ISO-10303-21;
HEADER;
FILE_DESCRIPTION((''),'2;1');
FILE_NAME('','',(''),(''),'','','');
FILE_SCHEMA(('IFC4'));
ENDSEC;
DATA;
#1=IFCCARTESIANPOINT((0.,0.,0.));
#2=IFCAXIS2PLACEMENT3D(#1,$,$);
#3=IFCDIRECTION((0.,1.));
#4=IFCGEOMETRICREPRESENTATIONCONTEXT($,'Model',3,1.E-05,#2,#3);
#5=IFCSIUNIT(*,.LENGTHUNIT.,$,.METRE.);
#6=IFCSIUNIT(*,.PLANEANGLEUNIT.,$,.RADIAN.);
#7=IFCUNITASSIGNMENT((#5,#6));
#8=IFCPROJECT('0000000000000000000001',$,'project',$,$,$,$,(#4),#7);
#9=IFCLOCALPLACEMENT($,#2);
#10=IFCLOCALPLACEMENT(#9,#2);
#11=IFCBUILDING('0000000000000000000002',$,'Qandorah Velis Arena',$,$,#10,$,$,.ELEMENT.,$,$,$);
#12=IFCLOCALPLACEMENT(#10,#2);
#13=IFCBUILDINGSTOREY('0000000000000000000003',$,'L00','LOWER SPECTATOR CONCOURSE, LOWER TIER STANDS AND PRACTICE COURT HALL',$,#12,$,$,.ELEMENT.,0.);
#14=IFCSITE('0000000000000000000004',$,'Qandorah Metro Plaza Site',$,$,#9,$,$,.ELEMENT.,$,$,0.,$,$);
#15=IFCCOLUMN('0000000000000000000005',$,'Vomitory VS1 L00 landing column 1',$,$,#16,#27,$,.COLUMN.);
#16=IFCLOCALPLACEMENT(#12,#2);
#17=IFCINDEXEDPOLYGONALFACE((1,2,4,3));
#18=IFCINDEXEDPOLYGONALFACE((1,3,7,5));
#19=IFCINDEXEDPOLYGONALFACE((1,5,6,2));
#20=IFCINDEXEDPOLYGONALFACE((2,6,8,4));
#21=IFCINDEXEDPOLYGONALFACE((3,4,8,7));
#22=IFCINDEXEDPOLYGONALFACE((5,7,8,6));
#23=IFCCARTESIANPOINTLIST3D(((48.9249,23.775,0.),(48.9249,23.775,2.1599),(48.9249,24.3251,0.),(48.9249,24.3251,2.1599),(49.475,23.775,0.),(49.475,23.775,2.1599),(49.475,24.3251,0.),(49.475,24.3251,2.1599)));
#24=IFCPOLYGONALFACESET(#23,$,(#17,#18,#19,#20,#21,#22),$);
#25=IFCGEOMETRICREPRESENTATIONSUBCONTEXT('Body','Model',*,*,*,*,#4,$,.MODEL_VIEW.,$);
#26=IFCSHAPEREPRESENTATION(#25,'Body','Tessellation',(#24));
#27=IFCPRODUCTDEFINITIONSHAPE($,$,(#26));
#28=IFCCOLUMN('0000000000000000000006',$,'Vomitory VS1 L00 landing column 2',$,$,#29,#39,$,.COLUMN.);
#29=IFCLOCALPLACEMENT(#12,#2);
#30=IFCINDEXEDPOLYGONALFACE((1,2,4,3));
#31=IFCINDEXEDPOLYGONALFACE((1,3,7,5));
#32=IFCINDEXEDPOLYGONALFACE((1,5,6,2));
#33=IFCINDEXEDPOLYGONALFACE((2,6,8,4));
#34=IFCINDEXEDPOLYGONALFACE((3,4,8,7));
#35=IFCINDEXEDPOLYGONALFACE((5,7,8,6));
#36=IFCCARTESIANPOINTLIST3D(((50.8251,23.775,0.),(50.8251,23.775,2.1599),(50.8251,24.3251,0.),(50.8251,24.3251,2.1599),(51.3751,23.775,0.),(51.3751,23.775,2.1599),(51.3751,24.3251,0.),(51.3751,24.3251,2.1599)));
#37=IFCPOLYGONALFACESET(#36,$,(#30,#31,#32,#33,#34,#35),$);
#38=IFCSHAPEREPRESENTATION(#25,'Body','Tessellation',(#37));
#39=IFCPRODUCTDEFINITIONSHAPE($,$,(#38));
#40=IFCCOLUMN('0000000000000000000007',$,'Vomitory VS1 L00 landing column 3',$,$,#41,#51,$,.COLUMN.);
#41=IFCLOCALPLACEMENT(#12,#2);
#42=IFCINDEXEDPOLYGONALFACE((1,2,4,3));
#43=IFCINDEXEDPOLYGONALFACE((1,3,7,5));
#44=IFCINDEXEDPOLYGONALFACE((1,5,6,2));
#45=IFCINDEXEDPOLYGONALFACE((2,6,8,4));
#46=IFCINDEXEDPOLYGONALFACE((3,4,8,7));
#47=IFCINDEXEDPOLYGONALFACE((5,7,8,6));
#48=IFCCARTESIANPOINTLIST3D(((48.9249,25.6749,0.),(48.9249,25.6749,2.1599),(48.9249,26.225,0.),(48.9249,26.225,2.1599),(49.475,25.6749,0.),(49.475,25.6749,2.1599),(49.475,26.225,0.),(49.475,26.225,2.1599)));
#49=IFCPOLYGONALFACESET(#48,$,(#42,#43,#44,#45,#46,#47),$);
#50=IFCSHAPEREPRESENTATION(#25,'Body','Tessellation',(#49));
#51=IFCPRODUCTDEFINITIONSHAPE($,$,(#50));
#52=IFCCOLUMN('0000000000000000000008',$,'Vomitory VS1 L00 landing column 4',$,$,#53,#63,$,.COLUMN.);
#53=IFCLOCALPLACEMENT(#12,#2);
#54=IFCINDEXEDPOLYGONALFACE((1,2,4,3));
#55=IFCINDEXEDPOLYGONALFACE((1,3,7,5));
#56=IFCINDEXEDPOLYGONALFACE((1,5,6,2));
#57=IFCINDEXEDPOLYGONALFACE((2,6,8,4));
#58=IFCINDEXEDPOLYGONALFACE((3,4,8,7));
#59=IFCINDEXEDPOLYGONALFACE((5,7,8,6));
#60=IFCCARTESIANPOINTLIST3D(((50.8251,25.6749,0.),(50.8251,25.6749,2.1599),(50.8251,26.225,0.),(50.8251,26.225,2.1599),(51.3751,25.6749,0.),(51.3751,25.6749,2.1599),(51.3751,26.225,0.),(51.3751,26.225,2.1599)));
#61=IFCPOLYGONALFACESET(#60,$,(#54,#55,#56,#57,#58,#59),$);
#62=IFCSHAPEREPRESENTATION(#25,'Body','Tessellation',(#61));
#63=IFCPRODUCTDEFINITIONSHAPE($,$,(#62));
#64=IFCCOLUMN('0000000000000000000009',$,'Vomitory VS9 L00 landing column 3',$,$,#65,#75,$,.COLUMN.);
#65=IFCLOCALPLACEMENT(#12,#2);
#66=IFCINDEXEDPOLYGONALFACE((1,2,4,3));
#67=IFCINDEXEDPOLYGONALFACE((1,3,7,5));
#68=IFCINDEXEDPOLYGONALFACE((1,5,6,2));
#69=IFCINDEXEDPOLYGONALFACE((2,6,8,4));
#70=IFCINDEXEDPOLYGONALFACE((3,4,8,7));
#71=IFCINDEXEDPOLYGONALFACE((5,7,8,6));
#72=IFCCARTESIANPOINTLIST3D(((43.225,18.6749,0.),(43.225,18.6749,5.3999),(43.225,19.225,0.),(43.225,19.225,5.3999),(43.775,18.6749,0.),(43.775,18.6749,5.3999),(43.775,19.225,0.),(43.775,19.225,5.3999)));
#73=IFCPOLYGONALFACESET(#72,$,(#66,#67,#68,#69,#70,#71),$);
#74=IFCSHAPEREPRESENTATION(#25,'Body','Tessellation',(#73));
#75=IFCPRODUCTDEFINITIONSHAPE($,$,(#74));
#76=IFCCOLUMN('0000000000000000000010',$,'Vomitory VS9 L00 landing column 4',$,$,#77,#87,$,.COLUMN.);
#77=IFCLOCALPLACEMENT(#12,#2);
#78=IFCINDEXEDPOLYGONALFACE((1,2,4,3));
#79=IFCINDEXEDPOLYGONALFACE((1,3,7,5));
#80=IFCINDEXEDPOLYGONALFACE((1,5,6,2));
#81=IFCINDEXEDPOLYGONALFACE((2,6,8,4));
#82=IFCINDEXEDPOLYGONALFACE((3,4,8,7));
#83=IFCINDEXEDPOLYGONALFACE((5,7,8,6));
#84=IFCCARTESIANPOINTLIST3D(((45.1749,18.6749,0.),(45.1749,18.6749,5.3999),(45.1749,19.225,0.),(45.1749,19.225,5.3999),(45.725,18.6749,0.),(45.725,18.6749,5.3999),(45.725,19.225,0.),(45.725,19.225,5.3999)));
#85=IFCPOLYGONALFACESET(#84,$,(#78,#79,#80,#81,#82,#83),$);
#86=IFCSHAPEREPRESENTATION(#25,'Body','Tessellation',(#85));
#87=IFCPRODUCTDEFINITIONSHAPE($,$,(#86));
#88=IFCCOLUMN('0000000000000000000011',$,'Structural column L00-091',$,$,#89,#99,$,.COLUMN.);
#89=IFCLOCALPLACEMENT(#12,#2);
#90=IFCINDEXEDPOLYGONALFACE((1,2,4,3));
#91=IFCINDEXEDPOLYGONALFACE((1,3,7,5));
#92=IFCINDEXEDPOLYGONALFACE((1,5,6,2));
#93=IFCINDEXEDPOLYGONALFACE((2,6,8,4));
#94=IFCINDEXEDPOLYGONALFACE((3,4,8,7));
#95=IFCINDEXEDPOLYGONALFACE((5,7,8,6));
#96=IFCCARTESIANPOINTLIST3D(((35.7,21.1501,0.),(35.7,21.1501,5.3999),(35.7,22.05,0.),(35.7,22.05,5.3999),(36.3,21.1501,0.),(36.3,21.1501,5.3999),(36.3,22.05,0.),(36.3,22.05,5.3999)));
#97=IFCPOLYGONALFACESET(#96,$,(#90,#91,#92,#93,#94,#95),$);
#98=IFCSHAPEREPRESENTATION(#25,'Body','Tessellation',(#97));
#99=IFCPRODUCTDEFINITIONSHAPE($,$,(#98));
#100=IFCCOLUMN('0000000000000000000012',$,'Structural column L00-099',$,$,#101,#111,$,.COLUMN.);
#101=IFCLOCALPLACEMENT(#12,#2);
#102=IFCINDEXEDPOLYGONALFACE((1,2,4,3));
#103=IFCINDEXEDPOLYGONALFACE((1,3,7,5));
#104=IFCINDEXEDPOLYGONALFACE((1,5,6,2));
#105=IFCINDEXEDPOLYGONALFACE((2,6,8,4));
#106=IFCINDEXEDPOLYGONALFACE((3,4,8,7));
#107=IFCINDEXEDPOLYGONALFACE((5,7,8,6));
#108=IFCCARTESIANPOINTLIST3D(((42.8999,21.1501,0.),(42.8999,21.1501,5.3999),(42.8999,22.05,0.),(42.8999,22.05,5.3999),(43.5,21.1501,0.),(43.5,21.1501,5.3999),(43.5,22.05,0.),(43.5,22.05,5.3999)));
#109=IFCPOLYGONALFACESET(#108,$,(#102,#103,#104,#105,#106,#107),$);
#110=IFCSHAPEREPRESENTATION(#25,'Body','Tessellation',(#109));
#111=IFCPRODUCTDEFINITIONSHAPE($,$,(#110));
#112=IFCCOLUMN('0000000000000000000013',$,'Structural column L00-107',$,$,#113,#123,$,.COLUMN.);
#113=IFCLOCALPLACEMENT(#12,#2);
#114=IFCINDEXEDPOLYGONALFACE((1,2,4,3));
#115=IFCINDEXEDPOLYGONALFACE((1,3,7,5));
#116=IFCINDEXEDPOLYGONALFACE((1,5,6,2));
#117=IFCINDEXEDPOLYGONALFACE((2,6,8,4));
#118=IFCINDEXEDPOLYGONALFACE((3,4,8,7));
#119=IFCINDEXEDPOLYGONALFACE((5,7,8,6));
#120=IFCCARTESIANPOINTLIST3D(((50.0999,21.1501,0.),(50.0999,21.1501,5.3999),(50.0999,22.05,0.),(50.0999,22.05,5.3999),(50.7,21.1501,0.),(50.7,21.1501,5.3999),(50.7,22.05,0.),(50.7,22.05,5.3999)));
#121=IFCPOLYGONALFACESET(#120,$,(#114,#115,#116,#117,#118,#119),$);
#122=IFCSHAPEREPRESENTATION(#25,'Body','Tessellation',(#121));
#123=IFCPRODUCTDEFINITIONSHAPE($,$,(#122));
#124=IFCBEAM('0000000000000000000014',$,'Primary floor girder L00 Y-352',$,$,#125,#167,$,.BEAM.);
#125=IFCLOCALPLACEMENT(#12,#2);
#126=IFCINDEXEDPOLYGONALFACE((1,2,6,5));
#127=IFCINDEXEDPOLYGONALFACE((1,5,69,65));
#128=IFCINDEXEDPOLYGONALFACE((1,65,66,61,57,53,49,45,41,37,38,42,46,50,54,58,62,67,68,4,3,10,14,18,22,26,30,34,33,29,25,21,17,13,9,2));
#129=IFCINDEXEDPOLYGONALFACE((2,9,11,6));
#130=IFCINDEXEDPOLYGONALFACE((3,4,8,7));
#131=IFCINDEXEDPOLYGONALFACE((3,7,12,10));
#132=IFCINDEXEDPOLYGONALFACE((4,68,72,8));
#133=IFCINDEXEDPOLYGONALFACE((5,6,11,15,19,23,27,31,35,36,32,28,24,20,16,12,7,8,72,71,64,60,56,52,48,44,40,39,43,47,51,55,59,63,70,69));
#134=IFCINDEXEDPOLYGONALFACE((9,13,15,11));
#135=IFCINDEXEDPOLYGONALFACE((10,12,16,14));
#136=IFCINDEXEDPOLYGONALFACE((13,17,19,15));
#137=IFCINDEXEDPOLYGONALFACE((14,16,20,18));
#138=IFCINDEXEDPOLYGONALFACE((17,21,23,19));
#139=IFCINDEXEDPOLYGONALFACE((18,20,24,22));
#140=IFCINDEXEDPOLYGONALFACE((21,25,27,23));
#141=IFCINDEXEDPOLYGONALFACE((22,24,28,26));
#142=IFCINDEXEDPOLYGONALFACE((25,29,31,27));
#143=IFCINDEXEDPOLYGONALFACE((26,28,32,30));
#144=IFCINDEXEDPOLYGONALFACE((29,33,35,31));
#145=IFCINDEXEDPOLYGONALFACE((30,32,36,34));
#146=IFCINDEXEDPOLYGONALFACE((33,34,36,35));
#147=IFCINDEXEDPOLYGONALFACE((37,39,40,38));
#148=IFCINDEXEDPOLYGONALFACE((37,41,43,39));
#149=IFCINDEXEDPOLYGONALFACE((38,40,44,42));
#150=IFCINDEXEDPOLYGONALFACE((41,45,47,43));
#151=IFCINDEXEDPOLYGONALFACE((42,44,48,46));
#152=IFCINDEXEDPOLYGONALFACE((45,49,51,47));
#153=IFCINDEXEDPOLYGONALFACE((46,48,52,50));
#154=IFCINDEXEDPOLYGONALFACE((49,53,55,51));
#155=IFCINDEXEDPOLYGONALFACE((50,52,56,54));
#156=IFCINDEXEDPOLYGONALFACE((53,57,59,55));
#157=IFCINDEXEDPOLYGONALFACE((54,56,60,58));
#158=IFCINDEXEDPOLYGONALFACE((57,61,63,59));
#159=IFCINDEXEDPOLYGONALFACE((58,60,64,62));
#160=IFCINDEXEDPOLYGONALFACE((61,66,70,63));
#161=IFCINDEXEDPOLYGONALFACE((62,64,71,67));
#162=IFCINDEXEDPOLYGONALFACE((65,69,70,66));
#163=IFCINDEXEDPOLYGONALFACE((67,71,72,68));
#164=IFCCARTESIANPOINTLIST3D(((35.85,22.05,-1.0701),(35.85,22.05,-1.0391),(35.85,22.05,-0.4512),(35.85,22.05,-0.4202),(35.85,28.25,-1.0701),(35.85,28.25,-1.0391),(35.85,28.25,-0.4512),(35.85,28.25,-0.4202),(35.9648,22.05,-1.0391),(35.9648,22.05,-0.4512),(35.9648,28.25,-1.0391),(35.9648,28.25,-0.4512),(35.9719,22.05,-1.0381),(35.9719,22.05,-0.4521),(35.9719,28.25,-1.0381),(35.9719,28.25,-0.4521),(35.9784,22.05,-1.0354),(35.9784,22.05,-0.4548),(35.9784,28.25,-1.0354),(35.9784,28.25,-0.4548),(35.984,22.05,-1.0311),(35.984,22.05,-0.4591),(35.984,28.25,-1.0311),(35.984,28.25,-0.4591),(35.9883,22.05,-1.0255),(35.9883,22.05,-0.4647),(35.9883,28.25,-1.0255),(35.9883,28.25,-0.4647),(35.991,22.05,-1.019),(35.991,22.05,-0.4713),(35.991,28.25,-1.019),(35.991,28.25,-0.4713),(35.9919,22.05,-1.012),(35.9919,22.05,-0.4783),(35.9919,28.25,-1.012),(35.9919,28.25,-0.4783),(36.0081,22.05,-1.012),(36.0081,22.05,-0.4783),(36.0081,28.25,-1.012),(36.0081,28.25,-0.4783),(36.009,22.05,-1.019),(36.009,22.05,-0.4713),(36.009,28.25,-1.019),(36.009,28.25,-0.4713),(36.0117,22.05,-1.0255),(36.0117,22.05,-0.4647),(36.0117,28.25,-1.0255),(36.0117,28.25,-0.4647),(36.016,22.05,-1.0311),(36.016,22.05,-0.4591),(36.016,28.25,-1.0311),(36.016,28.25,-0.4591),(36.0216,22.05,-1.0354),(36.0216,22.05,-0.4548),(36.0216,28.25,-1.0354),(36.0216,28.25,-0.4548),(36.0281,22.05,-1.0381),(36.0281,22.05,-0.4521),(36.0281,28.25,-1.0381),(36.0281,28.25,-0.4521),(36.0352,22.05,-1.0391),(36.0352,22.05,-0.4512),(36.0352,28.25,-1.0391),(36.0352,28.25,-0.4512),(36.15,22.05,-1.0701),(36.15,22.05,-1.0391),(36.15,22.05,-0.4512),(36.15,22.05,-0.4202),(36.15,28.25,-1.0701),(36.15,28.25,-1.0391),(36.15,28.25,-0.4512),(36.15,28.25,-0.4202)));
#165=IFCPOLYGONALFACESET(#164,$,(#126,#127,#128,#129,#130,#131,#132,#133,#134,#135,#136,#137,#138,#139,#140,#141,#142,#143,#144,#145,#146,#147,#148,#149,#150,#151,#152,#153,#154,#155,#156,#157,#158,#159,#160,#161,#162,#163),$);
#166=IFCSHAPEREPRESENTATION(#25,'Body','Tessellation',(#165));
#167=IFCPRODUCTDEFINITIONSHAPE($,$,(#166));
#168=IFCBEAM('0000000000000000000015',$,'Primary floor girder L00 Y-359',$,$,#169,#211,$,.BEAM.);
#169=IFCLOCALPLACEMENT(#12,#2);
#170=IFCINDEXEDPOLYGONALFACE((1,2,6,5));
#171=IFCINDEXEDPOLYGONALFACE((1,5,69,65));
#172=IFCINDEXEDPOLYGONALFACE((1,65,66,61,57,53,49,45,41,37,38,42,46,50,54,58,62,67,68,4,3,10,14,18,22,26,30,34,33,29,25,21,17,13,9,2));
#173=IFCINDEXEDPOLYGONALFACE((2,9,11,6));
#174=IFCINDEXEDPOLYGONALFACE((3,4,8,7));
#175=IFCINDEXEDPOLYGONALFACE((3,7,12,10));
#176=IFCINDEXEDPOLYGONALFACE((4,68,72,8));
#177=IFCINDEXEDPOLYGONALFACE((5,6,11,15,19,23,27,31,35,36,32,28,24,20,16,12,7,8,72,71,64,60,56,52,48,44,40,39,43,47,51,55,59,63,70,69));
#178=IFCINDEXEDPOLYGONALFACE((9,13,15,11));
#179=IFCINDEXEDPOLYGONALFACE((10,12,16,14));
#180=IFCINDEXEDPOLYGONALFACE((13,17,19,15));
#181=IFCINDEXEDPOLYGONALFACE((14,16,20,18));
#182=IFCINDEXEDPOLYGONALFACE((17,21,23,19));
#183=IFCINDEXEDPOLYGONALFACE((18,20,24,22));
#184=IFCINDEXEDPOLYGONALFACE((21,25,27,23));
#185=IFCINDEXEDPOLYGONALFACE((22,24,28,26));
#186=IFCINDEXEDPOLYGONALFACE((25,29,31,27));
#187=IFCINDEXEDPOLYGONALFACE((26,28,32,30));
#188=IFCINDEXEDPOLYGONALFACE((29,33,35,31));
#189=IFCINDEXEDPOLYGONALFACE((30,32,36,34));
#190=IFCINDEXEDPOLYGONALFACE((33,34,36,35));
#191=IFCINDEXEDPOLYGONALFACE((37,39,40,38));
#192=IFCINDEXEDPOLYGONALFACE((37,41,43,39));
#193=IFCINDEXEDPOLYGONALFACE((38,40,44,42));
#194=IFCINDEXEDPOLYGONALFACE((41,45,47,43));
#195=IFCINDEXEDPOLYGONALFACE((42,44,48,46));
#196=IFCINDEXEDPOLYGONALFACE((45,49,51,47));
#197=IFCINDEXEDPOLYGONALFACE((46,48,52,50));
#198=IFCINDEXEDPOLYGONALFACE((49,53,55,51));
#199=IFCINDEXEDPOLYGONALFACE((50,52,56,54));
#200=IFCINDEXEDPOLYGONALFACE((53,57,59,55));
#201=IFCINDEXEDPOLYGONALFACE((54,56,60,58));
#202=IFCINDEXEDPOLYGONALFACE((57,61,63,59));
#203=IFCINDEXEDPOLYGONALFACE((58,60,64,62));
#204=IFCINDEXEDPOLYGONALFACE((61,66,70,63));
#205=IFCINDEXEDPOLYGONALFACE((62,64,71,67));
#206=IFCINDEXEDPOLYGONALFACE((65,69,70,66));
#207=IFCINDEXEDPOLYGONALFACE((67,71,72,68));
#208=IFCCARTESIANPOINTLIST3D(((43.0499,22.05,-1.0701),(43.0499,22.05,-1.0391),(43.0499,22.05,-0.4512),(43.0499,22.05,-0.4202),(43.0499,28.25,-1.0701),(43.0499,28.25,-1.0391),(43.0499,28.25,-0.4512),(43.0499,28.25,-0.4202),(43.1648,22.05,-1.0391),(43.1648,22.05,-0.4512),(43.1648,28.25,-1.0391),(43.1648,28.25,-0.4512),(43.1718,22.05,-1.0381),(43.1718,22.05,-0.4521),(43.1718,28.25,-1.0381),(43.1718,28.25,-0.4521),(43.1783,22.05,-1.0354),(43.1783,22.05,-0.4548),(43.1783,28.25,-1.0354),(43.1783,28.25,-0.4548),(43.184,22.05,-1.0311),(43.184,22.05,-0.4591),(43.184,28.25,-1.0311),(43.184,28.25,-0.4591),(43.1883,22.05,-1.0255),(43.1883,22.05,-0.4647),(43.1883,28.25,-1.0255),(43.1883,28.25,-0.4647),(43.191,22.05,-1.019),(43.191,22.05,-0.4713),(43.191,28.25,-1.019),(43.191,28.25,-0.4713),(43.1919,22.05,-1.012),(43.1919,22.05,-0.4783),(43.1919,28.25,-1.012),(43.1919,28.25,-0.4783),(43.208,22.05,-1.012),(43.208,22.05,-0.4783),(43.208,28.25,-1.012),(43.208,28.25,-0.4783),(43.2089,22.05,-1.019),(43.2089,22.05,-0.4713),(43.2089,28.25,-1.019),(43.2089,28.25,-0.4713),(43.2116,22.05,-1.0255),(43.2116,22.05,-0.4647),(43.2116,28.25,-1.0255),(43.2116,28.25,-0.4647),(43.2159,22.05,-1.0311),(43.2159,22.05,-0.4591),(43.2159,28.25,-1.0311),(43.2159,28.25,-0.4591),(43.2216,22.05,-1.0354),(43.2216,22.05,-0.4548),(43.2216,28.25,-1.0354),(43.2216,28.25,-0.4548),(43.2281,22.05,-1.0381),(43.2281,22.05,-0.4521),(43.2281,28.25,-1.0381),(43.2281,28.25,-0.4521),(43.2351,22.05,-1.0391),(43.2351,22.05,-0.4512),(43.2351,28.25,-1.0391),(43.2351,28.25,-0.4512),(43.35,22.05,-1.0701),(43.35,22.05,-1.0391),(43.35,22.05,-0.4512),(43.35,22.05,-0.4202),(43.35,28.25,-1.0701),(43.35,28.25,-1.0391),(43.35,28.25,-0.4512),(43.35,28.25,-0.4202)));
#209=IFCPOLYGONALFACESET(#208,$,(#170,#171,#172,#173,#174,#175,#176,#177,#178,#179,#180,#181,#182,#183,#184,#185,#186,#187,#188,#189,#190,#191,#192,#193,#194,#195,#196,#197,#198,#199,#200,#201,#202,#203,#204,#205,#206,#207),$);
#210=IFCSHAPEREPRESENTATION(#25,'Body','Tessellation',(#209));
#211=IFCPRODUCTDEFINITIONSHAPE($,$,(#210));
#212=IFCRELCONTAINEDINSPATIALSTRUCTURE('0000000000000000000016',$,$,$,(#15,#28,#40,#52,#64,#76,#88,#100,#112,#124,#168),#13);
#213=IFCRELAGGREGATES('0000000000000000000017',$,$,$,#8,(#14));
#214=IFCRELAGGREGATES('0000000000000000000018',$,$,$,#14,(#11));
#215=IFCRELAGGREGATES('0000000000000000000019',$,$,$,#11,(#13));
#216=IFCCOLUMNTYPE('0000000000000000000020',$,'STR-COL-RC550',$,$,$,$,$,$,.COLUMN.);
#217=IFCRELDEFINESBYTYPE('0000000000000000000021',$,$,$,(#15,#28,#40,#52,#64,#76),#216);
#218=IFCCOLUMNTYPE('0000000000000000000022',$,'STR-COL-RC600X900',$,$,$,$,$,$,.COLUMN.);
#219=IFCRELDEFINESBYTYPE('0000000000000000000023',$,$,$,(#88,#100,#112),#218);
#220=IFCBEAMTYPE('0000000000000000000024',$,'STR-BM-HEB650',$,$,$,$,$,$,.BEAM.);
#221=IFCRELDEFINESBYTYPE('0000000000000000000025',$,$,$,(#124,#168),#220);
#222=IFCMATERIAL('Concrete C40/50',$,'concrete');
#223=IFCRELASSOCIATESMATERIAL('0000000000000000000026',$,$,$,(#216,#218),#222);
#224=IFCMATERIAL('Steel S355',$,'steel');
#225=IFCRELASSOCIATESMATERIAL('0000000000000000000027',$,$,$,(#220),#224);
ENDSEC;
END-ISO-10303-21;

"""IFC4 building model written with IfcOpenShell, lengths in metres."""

from ifc_helpers import new_model, si_unit, direction, frame, origin, origin_2d, place, context, subcontext, project, spatial, rectangle, i_section, extrude, material, material_profile, profile_set, type_object, element, save


model = new_model("IFC4")

# Units and contexts
model_context = context("Model", 3, precision=1e-05, world=origin(), true_north=direction((0.0, 1.0)))
body_context = subcontext(model_context, "Body", "Model", "MODEL_VIEW")
ifc_project = project(units=[si_unit("LENGTHUNIT", "METRE"), si_unit("PLANEANGLEUNIT", "RADIAN")], contexts=[model_context])

# Site, building, storey
site_placement = place(None, origin())
site = spatial("IfcSite", under=ifc_project, at=site_placement, Name="Qandorah Metro Plaza Site", CompositionType="ELEMENT", RefElevation=0.0)
building_placement = place(site_placement, origin())
building = spatial("IfcBuilding", under=site, at=building_placement, Name="Qandorah Velis Arena", CompositionType="ELEMENT")
storey_placement = place(building_placement, origin())
storey = spatial("IfcBuildingStorey", under=building, at=storey_placement, Name="L00", Description="LOWER SPECTATOR CONCOURSE, LOWER TIER STANDS AND PRACTICE COURT HALL", CompositionType="ELEMENT", Elevation=0.0)

# Columns
ifc_material_1 = material(Name="Concrete C40/50", Category="concrete")
ifc_material_profile_1 = material_profile(ifc_material_1, rectangle(XDim=0.55, YDim=0.55, at=origin_2d()), Name="RC COL 550x550")
ifc_profile_set_1 = profile_set([ifc_material_profile_1], Name="Concrete C40/50")
column_type_1 = type_object("IfcColumnType", Name="STR-COL-RC550", PredefinedType="COLUMN", material=ifc_profile_set_1)
for number, where, z_axis, x_axis, name in (
    (1, (49.2, 24.05, 0.0), (0.0, 0.0, 1.0), (1.0, 0.0, 0.0), "Vomitory VS1 L00 landing column 1"),
    (2, (51.1001, 24.05, 0.0), (0.0, 0.0, 1.0), (1.0, 0.0, 0.0), "Vomitory VS1 L00 landing column 2"),
    (3, (49.2, 25.95, 0.0), (0.0, 0.0, 1.0), (1.0, 0.0, 0.0), "Vomitory VS1 L00 landing column 3"),
    (4, (51.1001, 25.95, 0.0), (0.0, 0.0, 1.0), (1.0, 0.0, 0.0), "Vomitory VS1 L00 landing column 4"),
):
    element("IfcColumn", number, at=place(storey_placement, frame(where, z_axis=z_axis, x_axis=x_axis)), inside=storey, type_object=column_type_1, Name=name, PredefinedType="COLUMN", context=body_context, shape_type="SweptSolid", body=[
        extrude(rectangle(XDim=0.55, YDim=0.55, at=origin_2d()), origin(), (0.0, 0.0, 1.0), 2.1599),
    ])
for number, where, z_axis, x_axis, name in (
    (5, (43.5, 18.95, 0.0), (0.0, 0.0, 1.0), (1.0, 0.0, 0.0), "Vomitory VS9 L00 landing column 3"),
    (6, (45.45, 18.95, 0.0), (0.0, 0.0, 1.0), (1.0, 0.0, 0.0), "Vomitory VS9 L00 landing column 4"),
):
    element("IfcColumn", number, at=place(storey_placement, frame(where, z_axis=z_axis, x_axis=x_axis)), inside=storey, type_object=column_type_1, Name=name, PredefinedType="COLUMN", context=body_context, shape_type="SweptSolid", body=[
        extrude(rectangle(XDim=0.55, YDim=0.55, at=origin_2d()), origin(), (0.0, 0.0, 1.0), 5.3999),
    ])
ifc_material_profile_2 = material_profile(ifc_material_1, rectangle(XDim=0.6001, YDim=0.8999, at=origin_2d()), Name="RC COL 600x900")
ifc_profile_set_2 = profile_set([ifc_material_profile_2], Name="Concrete C40/50")
column_type_2 = type_object("IfcColumnType", Name="STR-COL-RC600X900", PredefinedType="COLUMN", material=ifc_profile_set_2)
for number, where, z_axis, x_axis, name in (
    (7, (36.0, 21.6001, 0.0), (0.0, 0.0, 1.0), (1.0, 0.0, 0.0), "Structural column L00-091"),
    (8, (43.2, 21.6001, 0.0), (0.0, 0.0, 1.0), (1.0, 0.0, 0.0), "Structural column L00-099"),
    (9, (50.3999, 21.6001, 0.0), (0.0, 0.0, 1.0), (1.0, 0.0, 0.0), "Structural column L00-107"),
):
    element("IfcColumn", number, at=place(storey_placement, frame(where, z_axis=z_axis, x_axis=x_axis)), inside=storey, type_object=column_type_2, Name=name, PredefinedType="COLUMN", context=body_context, shape_type="SweptSolid", body=[
        extrude(rectangle(XDim=0.6001, YDim=0.8999, at=origin_2d()), origin(), (0.0, 0.0, 1.0), 5.3999),
    ])

# Beams
ifc_material_2 = material(Name="Steel S355", Category="steel")
ifc_material_profile_3 = material_profile(ifc_material_2, i_section(OverallWidth=0.3, OverallDepth=0.6499, WebThickness=0.0161, FlangeThickness=0.031, FilletRadius=0.0271, at=origin_2d()), Name="HEB 650")
ifc_profile_set_3 = profile_set([ifc_material_profile_3], Name="Steel S355")
beam_type_1 = type_object("IfcBeamType", Name="STR-BM-HEB650", PredefinedType="BEAM", material=ifc_profile_set_3)
for number, where, z_axis, x_axis, name in (
    (10, (36.0, 22.05, -0.7451), (0.0, 1.0, 0.0), (-1.0, 0.0, 0.0), "Primary floor girder L00 Y-352"),
    (11, (43.2, 22.05, -0.7451), (0.0, 1.0, 0.0), (-1.0, 0.0, 0.0), "Primary floor girder L00 Y-359"),
):
    element("IfcBeam", number, at=place(storey_placement, frame(where, z_axis=z_axis, x_axis=x_axis)), inside=storey, type_object=beam_type_1, Name=name, PredefinedType="BEAM", context=body_context, shape_type="SweptSolid", body=[
        extrude(i_section(OverallWidth=0.3, OverallDepth=0.6499, WebThickness=0.0161, FlangeThickness=0.031, FilletRadius=0.0271, at=origin_2d()), origin(), (0.0, 0.0, 1.0), 6.2),
    ])

save(model, "model.ifc")
